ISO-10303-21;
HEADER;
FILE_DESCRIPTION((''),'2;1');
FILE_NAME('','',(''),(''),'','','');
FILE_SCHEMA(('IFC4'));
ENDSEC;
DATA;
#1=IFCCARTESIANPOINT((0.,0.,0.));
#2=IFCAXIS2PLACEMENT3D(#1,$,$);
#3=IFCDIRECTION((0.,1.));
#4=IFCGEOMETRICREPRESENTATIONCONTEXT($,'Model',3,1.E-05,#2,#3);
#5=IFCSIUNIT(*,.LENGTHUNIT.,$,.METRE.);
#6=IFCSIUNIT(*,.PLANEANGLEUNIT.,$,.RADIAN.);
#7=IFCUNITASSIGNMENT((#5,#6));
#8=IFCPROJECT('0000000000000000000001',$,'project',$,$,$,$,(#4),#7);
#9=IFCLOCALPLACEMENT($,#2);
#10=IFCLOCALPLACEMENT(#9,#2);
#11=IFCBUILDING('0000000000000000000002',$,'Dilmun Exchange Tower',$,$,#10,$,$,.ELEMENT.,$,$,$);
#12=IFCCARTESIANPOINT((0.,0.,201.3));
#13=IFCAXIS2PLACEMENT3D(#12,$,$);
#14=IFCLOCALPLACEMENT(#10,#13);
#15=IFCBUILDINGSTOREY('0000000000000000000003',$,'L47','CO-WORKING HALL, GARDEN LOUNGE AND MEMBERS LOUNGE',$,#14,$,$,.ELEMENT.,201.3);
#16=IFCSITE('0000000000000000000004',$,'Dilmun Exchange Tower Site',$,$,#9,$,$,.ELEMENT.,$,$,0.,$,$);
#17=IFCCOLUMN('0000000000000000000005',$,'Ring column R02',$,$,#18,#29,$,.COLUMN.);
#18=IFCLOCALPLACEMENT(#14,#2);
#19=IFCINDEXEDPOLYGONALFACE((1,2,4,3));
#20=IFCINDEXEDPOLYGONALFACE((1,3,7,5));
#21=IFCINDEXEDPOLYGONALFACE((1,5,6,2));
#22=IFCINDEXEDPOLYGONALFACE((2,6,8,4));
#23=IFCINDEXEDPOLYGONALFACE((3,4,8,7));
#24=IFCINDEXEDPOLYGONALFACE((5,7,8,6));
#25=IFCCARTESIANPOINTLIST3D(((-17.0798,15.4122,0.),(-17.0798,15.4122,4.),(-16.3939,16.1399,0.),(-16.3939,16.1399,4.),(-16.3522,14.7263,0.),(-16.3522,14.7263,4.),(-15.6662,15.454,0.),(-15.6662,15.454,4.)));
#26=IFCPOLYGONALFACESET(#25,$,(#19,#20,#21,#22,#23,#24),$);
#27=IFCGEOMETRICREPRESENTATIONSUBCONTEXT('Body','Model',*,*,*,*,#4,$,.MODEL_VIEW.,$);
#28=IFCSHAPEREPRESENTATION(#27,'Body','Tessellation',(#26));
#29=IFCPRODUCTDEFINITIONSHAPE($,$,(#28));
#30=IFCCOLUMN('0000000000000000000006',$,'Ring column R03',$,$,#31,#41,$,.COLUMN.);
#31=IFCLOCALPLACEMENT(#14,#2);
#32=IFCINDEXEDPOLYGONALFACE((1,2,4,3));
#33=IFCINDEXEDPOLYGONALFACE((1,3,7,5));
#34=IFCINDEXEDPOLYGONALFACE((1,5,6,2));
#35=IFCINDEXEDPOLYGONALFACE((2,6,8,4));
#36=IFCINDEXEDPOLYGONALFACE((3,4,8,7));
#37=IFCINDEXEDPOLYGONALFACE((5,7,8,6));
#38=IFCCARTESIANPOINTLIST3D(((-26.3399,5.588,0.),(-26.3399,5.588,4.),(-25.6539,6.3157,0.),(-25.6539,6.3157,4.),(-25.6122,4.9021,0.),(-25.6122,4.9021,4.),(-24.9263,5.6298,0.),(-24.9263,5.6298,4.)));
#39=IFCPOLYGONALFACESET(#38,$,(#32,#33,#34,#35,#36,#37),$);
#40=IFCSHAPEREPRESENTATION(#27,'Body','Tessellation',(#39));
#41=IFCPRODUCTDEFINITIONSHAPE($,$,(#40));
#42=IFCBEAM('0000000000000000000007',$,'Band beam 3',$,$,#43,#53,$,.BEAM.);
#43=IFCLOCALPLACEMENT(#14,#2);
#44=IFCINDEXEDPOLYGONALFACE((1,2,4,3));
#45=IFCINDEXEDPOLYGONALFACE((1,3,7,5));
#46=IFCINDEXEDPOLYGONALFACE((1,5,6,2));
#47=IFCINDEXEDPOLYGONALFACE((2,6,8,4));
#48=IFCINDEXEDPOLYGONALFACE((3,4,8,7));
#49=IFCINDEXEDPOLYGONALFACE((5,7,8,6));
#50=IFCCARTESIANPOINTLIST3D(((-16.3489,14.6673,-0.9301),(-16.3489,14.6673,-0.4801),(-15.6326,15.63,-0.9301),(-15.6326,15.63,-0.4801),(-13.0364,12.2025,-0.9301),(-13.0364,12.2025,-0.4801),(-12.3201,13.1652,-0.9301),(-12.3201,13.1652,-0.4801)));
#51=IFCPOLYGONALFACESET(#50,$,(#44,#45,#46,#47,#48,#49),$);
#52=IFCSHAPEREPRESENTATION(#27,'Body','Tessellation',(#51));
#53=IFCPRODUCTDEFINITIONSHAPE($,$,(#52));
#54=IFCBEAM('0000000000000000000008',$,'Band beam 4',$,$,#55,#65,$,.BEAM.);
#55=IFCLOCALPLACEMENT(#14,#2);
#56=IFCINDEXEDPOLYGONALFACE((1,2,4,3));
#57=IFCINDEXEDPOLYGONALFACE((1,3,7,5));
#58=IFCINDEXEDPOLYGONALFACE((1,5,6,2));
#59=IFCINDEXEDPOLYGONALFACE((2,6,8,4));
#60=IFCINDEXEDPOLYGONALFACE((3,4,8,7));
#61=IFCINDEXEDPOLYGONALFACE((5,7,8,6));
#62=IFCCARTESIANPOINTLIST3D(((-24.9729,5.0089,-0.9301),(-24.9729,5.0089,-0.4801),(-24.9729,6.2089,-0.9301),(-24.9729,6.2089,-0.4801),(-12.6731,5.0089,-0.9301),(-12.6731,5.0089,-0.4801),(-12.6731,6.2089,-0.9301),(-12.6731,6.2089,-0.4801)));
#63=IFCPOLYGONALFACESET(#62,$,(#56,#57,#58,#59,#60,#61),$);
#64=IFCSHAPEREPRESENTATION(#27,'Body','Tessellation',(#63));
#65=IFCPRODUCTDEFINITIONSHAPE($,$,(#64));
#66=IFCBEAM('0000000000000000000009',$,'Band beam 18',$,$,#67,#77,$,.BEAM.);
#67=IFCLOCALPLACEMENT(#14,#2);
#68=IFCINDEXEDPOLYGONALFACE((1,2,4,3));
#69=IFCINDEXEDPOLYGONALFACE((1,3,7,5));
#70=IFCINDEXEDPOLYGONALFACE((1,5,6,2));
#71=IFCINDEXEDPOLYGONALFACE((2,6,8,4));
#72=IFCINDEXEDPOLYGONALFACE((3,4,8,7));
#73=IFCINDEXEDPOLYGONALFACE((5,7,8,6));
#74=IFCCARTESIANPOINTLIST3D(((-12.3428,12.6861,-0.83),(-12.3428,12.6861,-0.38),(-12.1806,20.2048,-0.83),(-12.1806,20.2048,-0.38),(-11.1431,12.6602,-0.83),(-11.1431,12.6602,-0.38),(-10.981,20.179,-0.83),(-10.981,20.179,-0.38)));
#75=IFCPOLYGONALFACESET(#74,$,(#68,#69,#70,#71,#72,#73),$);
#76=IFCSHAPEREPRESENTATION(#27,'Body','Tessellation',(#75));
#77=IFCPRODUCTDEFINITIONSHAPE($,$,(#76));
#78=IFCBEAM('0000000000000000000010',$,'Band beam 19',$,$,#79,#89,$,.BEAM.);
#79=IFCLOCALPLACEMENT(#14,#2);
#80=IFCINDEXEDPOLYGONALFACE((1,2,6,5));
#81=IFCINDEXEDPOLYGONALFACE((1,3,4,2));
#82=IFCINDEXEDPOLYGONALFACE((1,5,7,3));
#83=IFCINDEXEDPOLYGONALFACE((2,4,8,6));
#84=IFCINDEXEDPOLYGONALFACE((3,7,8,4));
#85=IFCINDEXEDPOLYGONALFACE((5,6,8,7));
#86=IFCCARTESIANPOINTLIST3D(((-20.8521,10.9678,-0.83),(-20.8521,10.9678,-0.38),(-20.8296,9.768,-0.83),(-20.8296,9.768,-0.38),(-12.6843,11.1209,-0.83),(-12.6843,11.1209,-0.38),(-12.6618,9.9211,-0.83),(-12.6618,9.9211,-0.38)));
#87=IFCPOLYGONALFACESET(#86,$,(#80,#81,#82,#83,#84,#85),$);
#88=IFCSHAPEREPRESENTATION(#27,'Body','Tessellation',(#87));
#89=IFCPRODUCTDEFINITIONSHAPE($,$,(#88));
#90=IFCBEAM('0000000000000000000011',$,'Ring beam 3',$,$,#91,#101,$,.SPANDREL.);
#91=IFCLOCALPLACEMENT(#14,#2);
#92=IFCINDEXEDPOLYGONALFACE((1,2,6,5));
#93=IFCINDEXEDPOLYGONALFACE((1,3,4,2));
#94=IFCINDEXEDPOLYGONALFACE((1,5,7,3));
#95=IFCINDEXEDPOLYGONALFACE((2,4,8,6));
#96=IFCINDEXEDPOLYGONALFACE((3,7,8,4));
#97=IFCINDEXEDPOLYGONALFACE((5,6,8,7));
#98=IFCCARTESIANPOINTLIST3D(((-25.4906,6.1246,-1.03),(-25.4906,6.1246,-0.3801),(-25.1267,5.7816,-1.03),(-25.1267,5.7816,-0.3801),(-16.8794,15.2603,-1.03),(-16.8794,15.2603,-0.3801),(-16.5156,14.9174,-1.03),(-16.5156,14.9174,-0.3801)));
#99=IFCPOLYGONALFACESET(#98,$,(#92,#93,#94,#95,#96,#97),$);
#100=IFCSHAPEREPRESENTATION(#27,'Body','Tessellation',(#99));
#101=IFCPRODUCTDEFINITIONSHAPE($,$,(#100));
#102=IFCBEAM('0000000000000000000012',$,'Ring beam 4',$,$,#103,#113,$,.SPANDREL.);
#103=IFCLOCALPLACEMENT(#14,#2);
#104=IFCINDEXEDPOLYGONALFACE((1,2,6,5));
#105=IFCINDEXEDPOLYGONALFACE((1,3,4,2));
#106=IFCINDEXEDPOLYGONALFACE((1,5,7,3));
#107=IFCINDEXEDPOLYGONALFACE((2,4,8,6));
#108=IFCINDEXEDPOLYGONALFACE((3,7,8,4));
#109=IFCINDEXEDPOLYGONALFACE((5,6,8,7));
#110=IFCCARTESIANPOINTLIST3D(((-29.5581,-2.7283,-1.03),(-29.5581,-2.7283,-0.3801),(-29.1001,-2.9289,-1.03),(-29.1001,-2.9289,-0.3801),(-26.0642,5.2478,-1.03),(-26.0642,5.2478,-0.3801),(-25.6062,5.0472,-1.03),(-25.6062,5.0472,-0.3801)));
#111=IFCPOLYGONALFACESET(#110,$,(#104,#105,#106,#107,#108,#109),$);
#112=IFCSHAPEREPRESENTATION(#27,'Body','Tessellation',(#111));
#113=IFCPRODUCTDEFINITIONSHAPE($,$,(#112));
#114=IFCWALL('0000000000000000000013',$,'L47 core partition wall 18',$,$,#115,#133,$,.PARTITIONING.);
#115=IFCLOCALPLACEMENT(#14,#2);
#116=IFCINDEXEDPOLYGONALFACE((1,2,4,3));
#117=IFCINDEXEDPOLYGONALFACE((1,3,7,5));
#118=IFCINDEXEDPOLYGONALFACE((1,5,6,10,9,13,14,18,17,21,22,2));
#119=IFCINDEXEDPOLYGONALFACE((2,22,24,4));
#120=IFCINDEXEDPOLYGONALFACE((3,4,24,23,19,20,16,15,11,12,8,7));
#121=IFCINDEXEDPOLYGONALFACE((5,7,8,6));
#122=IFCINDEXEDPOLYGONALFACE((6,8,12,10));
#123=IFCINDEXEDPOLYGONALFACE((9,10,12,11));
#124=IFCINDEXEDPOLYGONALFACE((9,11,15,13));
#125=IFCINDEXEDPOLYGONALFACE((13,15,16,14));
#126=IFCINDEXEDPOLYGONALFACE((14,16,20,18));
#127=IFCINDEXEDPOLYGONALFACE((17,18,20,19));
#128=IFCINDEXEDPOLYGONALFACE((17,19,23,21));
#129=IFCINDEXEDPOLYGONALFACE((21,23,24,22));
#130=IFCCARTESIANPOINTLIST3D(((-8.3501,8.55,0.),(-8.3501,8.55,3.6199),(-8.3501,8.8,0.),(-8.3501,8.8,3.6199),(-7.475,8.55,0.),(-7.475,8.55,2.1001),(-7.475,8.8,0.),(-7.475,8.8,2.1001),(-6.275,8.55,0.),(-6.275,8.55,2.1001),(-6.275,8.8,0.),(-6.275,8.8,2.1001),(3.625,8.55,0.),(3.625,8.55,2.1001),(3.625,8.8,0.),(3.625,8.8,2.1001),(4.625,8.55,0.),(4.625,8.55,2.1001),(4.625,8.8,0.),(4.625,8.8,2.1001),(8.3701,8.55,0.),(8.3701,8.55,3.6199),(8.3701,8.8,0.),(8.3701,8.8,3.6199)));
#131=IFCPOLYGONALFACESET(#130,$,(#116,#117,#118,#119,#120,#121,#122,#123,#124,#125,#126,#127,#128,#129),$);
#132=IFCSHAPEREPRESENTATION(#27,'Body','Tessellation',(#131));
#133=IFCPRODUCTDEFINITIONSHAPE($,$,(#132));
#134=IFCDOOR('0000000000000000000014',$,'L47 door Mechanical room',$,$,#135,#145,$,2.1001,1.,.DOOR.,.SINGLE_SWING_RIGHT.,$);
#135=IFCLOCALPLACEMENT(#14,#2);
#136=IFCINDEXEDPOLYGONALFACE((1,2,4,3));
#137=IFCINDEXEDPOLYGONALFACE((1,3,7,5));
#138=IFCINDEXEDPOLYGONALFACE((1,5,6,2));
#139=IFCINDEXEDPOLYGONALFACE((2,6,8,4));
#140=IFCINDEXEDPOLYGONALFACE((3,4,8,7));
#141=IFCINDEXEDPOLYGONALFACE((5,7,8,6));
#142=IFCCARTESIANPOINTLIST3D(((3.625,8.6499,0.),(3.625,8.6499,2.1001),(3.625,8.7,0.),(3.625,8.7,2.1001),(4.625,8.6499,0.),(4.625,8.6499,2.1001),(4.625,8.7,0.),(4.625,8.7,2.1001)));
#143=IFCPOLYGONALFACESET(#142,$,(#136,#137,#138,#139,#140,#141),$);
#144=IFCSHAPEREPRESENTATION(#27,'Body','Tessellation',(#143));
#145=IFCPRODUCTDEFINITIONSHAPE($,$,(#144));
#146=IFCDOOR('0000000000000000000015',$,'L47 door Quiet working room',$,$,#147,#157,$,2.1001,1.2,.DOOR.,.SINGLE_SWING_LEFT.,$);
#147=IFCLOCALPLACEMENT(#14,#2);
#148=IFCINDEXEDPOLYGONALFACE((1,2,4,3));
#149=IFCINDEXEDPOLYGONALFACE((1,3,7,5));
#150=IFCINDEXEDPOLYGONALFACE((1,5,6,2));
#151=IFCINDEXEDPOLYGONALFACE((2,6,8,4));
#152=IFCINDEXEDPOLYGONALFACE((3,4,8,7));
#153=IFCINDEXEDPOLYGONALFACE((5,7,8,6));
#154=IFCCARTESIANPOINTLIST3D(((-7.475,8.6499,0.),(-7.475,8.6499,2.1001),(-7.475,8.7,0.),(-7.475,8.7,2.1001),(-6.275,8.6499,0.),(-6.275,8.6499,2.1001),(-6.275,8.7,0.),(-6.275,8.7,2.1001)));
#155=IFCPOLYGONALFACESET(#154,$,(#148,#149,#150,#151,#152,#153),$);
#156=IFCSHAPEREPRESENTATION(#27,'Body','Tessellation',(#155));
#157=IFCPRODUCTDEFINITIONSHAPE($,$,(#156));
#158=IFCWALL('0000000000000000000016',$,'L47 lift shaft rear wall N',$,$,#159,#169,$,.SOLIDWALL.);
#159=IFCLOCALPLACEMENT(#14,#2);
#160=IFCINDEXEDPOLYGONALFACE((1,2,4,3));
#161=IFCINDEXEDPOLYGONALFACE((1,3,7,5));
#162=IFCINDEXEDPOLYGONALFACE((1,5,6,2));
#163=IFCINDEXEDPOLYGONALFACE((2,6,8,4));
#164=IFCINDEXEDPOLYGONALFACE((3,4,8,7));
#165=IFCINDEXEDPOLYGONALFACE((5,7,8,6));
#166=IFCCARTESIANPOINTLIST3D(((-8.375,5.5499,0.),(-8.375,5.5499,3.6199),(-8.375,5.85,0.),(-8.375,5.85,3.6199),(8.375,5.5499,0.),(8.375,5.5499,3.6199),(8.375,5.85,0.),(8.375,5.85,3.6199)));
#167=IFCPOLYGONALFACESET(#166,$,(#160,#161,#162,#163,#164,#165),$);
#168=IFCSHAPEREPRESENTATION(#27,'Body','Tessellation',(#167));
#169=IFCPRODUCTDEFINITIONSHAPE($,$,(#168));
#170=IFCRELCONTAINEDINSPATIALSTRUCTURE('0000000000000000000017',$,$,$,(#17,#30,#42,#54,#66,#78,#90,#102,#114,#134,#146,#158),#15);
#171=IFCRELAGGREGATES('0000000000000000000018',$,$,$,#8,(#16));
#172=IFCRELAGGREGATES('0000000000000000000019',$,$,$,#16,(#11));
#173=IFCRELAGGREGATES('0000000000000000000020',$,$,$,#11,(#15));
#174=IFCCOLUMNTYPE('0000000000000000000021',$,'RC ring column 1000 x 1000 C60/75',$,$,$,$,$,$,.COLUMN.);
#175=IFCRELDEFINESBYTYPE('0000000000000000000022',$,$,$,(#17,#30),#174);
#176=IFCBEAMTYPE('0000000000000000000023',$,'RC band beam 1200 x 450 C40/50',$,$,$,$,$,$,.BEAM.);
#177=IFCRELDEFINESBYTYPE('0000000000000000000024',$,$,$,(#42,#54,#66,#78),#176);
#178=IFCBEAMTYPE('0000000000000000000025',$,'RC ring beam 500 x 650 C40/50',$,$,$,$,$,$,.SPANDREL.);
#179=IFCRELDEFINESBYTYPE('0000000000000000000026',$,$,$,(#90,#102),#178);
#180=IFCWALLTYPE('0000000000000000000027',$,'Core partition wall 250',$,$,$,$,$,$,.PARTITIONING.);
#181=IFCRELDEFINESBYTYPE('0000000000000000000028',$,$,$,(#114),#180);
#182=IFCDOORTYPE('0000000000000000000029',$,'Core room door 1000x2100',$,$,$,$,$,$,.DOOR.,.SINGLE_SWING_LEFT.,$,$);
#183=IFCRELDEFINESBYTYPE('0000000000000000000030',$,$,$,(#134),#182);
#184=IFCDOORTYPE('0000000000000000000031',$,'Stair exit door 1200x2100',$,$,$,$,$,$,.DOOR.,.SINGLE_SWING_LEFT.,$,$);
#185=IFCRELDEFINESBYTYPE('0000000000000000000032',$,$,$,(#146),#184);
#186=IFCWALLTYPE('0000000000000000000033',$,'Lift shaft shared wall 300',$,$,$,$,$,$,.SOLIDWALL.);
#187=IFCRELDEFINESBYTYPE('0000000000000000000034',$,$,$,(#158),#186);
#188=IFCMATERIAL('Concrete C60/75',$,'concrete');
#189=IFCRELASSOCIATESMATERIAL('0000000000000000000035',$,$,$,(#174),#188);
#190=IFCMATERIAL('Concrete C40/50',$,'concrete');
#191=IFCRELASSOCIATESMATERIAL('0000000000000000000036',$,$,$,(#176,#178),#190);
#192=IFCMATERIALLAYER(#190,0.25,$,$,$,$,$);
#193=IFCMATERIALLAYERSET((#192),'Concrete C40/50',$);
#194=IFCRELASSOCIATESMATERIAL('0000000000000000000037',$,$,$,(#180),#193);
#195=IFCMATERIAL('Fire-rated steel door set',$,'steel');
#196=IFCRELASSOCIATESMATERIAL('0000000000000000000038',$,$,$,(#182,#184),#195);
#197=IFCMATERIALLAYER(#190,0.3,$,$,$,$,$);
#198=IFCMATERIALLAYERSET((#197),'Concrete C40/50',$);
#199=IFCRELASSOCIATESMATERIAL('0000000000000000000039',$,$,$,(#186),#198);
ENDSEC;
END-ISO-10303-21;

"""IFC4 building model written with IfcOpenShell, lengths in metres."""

from ifc_helpers import new_model, si_unit, direction, frame, frame_2d, origin, origin_2d, place, context, subcontext, project, spatial, rectangle, extrude, material, layer, layer_set, material_profile, profile_set, type_object, element, fill, save


model = new_model("IFC4")

# Units and contexts
model_context = context("Model", 3, precision=1e-05, world=origin(), true_north=direction((0.0, 1.0)))
body_context = subcontext(model_context, "Body", "Model", "MODEL_VIEW")
ifc_project = project(units=[si_unit("LENGTHUNIT", "METRE"), si_unit("PLANEANGLEUNIT", "RADIAN")], contexts=[model_context])

# Site, building, storey
site_placement = place(None, origin())
site = spatial("IfcSite", under=ifc_project, at=site_placement, Name="Dilmun Exchange Tower Site", CompositionType="ELEMENT", RefElevation=0.0)
building_placement = place(site_placement, origin())
building = spatial("IfcBuilding", under=site, at=building_placement, Name="Dilmun Exchange Tower", CompositionType="ELEMENT")
storey_placement = place(building_placement, frame((0.0, 0.0, 201.3)))
storey = spatial("IfcBuildingStorey", under=building, at=storey_placement, Name="L47", Description="CO-WORKING HALL, GARDEN LOUNGE AND MEMBERS LOUNGE", CompositionType="ELEMENT", Elevation=201.3)

# Columns
ifc_material_1 = material(Name="Concrete C60/75", Category="concrete")
ifc_material_profile_1 = material_profile(ifc_material_1, rectangle(XDim=1.0, YDim=1.0, at=origin_2d()), Name="1000 x 1000")
ifc_profile_set_1 = profile_set([ifc_material_profile_1], Name="Concrete C60/75")
column_type = type_object("IfcColumnType", Name="RC ring column 1000 x 1000 C60/75", PredefinedType="COLUMN", material=ifc_profile_set_1)
for number, where, z_axis, x_axis, name in (
    (1, (-16.373, 15.4331, 0.0), (0.0, 0.0, 1.0), (0.685916, 0.727681, 0.0), "Ring column R02"),
    (2, (-25.6331, 5.6089, 0.0), (0.0, 0.0, 1.0), (0.685916, 0.727681, 0.0), "Ring column R03"),
):
    element("IfcColumn", number, at=place(storey_placement, frame(where, z_axis=z_axis, x_axis=x_axis)), inside=storey, type_object=column_type, Name=name, PredefinedType="COLUMN", context=body_context, shape_type="SweptSolid", body=[
        extrude(rectangle(XDim=1.0, YDim=1.0, at=origin_2d()), origin(), (0.0, 0.0, 1.0), 4.0),
    ])

# Beams
ifc_material_2 = material(Name="Concrete C40/50", Category="concrete")
ifc_material_profile_2 = material_profile(ifc_material_2, rectangle(XDim=1.2, YDim=0.45, at=origin_2d()), Name="1200 x 450")
ifc_profile_set_2 = profile_set([ifc_material_profile_2], Name="Concrete C40/50")
beam_type_1 = type_object("IfcBeamType", Name="RC band beam 1200 x 450 C40/50", PredefinedType="BEAM", material=ifc_profile_set_2)
beam_1_placement = place(storey_placement, frame((-15.9907, 15.1487, -0.7051), z_axis=(0.802265, -0.596968, 0.0), x_axis=(0.596968, 0.802265, 0.0)))
element("IfcBeam", 3, at=beam_1_placement, inside=storey, type_object=beam_type_1, Name="Band beam 3", PredefinedType="BEAM", context=body_context, shape_type="SweptSolid", body=[
    extrude(rectangle(XDim=1.2, YDim=0.45, at=origin_2d()), origin(), (0.0, 0.0, 1.0), 4.1289),
])
beam_2_placement = place(storey_placement, frame((-24.9729, 5.6089, -0.7051), z_axis=(1.0, 0.0, 0.0), x_axis=(0.0, 1.0, 0.0)))
element("IfcBeam", 4, at=beam_2_placement, inside=storey, type_object=beam_type_1, Name="Band beam 4", PredefinedType="BEAM", context=body_context, shape_type="SweptSolid", body=[
    extrude(rectangle(XDim=1.2, YDim=0.45, at=origin_2d()), origin(), (0.0, 0.0, 1.0), 12.2998),
])
beam_3_placement = place(storey_placement, frame((-11.5808, 20.1919, -0.605), z_axis=(-0.021556, -0.999768, 0.0), x_axis=(0.999768, -0.021556, 0.0)))
element("IfcBeam", 5, at=beam_3_placement, inside=storey, type_object=beam_type_1, Name="Band beam 18", PredefinedType="BEAM", context=body_context, shape_type="SweptSolid", body=[
    extrude(rectangle(XDim=1.2, YDim=0.45, at=origin_2d()), origin(), (0.0, 0.0, 1.0), 7.5205),
])
beam_4_placement = place(storey_placement, frame((-20.8408, 10.3679, -0.605), z_axis=(0.999824, 0.018738, 0.0), x_axis=(-0.018738, 0.999824, 0.0)))
element("IfcBeam", 6, at=beam_4_placement, inside=storey, type_object=beam_type_1, Name="Band beam 19", PredefinedType="BEAM", context=body_context, shape_type="SweptSolid", body=[
    extrude(rectangle(XDim=1.2, YDim=0.45, at=origin_2d()), origin(), (0.0, 0.0, 1.0), 8.1692),
])
ifc_material_profile_3 = material_profile(ifc_material_2, rectangle(XDim=0.5, YDim=0.6499, at=origin_2d()), Name="500 x 650")
ifc_profile_set_3 = profile_set([ifc_material_profile_3], Name="Concrete C40/50")
beam_type_2 = type_object("IfcBeamType", Name="RC ring beam 500 x 650 C40/50", PredefinedType="SPANDREL", material=ifc_profile_set_3)
beam_5_placement = place(storey_placement, frame((-16.6975, 15.0889, -0.7051), z_axis=(-0.685903, -0.727693, 0.0), x_axis=(0.727693, -0.685903, 0.0)))
element("IfcBeam", 7, at=beam_5_placement, inside=storey, type_object=beam_type_2, Name="Ring beam 3", PredefinedType="SPANDREL", context=body_context, shape_type="SweptSolid", body=[
    extrude(rectangle(XDim=0.5, YDim=0.6499, at=origin_2d()), origin(), (0.0, 0.0, 1.0), 12.5544),
])
beam_6_placement = place(storey_placement, frame((-25.8352, 5.1475, -0.7051), z_axis=(-0.401239, -0.915973, 0.0), x_axis=(0.915973, -0.401239, 0.0)))
element("IfcBeam", 8, at=beam_6_placement, inside=storey, type_object=beam_type_2, Name="Ring beam 4", PredefinedType="SPANDREL", context=body_context, shape_type="SweptSolid", body=[
    extrude(rectangle(XDim=0.5, YDim=0.6499, at=origin_2d()), origin(), (0.0, 0.0, 1.0), 8.7078),
])

# Wall, openings, doors
ifc_layer_1 = layer(ifc_material_2, 0.25)
ifc_layer_set_1 = layer_set([ifc_layer_1], Name="Concrete C40/50")
wall_type_1 = type_object("IfcWallType", Name="Core partition wall 250", PredefinedType="PARTITIONING", material=ifc_layer_set_1)
wall_1_placement = place(storey_placement, frame((-8.3501, 8.675, 0.0), z_axis=(0.0, 0.0, 1.0), x_axis=(1.0, 0.0, 0.0)))
wall_1 = element("IfcWall", 9, at=wall_1_placement, inside=storey, type_object=wall_type_1, Name="L47 core partition wall 18", PredefinedType="PARTITIONING", context=body_context, shape_type="SweptSolid", body=[
    extrude(rectangle(XDim=16.7202, YDim=0.25, at=frame_2d((8.3601, 0.0))), origin(), (0.0, 0.0, 1.0), 3.6199),
])
opening_1_placement = place(wall_1_placement, frame((0.875, 0.0, 0.0)))
opening_1 = element("IfcOpeningElement", 10, at=opening_1_placement, cuts=wall_1, PredefinedType="OPENING", context=body_context, shape_type="SweptSolid", body=[
    extrude(rectangle(XDim=1.2, YDim=2.1001, at=frame_2d((0.6001, 1.05))), frame((0.0, 0.135, 0.0), z_axis=(0.0, -1.0, 0.0), x_axis=(1.0, 0.0, 0.0)), (0.0, 0.0, 1.0), 0.27),
])
opening_2_placement = place(wall_1_placement, frame((11.9751, 0.0, 0.0)))
opening_2 = element("IfcOpeningElement", 11, at=opening_2_placement, cuts=wall_1, PredefinedType="OPENING", context=body_context, shape_type="SweptSolid", body=[
    extrude(rectangle(XDim=1.0, YDim=2.1001, at=frame_2d((0.5, 1.05))), frame((0.0, 0.135, 0.0), z_axis=(0.0, -1.0, 0.0), x_axis=(1.0, 0.0, 0.0)), (0.0, 0.0, 1.0), 0.27),
])
ifc_material_3 = material(Name="Fire-rated steel door set", Category="steel")
door_type_1 = type_object("IfcDoorType", Name="Core room door 1000x2100", OperationType="SINGLE_SWING_LEFT", PredefinedType="DOOR", material=ifc_material_3)
door_1_placement = place(opening_2_placement, origin())
door_1 = element("IfcDoor", 12, at=door_1_placement, inside=storey, type_object=door_type_1, Name="L47 door Mechanical room", OperationType="SINGLE_SWING_RIGHT", OverallHeight=2.1001, OverallWidth=1.0, PredefinedType="DOOR", context=body_context, shape_type="SweptSolid", body=[
    extrude(rectangle(XDim=1.0, YDim=2.1001, at=frame_2d((0.5, 1.05))), frame((0.0, 0.0249, 0.0), z_axis=(0.0, -1.0, 0.0), x_axis=(1.0, 0.0, 0.0)), (0.0, 0.0, 1.0), 0.05),
])
fill(opening_2, door_1)
door_type_2 = type_object("IfcDoorType", Name="Stair exit door 1200x2100", OperationType="SINGLE_SWING_LEFT", PredefinedType="DOOR", material=ifc_material_3)
door_2_placement = place(opening_1_placement, origin())
door_2 = element("IfcDoor", 13, at=door_2_placement, inside=storey, type_object=door_type_2, Name="L47 door Quiet working room", OperationType="SINGLE_SWING_LEFT", OverallHeight=2.1001, OverallWidth=1.2, PredefinedType="DOOR", context=body_context, shape_type="SweptSolid", body=[
    extrude(rectangle(XDim=1.2, YDim=2.1001, at=frame_2d((0.6001, 1.05))), frame((0.0, 0.0249, 0.0), z_axis=(0.0, -1.0, 0.0), x_axis=(1.0, 0.0, 0.0)), (0.0, 0.0, 1.0), 0.05),
])
fill(opening_1, door_2)

# Wall
ifc_layer_2 = layer(ifc_material_2, 0.3)
ifc_layer_set_2 = layer_set([ifc_layer_2], Name="Concrete C40/50")
wall_type_2 = type_object("IfcWallType", Name="Lift shaft shared wall 300", PredefinedType="SOLIDWALL", material=ifc_layer_set_2)
wall_2_placement = place(storey_placement, frame((-8.375, 5.7, 0.0), z_axis=(0.0, 0.0, 1.0), x_axis=(1.0, 0.0, 0.0)))
element("IfcWall", 14, at=wall_2_placement, inside=storey, type_object=wall_type_2, Name="L47 lift shaft rear wall N", PredefinedType="SOLIDWALL", context=body_context, shape_type="SweptSolid", body=[
    extrude(rectangle(XDim=16.75, YDim=0.3, at=frame_2d((8.375, 0.0))), origin(), (0.0, 0.0, 1.0), 3.6199),
])

save(model, "model.ifc")
